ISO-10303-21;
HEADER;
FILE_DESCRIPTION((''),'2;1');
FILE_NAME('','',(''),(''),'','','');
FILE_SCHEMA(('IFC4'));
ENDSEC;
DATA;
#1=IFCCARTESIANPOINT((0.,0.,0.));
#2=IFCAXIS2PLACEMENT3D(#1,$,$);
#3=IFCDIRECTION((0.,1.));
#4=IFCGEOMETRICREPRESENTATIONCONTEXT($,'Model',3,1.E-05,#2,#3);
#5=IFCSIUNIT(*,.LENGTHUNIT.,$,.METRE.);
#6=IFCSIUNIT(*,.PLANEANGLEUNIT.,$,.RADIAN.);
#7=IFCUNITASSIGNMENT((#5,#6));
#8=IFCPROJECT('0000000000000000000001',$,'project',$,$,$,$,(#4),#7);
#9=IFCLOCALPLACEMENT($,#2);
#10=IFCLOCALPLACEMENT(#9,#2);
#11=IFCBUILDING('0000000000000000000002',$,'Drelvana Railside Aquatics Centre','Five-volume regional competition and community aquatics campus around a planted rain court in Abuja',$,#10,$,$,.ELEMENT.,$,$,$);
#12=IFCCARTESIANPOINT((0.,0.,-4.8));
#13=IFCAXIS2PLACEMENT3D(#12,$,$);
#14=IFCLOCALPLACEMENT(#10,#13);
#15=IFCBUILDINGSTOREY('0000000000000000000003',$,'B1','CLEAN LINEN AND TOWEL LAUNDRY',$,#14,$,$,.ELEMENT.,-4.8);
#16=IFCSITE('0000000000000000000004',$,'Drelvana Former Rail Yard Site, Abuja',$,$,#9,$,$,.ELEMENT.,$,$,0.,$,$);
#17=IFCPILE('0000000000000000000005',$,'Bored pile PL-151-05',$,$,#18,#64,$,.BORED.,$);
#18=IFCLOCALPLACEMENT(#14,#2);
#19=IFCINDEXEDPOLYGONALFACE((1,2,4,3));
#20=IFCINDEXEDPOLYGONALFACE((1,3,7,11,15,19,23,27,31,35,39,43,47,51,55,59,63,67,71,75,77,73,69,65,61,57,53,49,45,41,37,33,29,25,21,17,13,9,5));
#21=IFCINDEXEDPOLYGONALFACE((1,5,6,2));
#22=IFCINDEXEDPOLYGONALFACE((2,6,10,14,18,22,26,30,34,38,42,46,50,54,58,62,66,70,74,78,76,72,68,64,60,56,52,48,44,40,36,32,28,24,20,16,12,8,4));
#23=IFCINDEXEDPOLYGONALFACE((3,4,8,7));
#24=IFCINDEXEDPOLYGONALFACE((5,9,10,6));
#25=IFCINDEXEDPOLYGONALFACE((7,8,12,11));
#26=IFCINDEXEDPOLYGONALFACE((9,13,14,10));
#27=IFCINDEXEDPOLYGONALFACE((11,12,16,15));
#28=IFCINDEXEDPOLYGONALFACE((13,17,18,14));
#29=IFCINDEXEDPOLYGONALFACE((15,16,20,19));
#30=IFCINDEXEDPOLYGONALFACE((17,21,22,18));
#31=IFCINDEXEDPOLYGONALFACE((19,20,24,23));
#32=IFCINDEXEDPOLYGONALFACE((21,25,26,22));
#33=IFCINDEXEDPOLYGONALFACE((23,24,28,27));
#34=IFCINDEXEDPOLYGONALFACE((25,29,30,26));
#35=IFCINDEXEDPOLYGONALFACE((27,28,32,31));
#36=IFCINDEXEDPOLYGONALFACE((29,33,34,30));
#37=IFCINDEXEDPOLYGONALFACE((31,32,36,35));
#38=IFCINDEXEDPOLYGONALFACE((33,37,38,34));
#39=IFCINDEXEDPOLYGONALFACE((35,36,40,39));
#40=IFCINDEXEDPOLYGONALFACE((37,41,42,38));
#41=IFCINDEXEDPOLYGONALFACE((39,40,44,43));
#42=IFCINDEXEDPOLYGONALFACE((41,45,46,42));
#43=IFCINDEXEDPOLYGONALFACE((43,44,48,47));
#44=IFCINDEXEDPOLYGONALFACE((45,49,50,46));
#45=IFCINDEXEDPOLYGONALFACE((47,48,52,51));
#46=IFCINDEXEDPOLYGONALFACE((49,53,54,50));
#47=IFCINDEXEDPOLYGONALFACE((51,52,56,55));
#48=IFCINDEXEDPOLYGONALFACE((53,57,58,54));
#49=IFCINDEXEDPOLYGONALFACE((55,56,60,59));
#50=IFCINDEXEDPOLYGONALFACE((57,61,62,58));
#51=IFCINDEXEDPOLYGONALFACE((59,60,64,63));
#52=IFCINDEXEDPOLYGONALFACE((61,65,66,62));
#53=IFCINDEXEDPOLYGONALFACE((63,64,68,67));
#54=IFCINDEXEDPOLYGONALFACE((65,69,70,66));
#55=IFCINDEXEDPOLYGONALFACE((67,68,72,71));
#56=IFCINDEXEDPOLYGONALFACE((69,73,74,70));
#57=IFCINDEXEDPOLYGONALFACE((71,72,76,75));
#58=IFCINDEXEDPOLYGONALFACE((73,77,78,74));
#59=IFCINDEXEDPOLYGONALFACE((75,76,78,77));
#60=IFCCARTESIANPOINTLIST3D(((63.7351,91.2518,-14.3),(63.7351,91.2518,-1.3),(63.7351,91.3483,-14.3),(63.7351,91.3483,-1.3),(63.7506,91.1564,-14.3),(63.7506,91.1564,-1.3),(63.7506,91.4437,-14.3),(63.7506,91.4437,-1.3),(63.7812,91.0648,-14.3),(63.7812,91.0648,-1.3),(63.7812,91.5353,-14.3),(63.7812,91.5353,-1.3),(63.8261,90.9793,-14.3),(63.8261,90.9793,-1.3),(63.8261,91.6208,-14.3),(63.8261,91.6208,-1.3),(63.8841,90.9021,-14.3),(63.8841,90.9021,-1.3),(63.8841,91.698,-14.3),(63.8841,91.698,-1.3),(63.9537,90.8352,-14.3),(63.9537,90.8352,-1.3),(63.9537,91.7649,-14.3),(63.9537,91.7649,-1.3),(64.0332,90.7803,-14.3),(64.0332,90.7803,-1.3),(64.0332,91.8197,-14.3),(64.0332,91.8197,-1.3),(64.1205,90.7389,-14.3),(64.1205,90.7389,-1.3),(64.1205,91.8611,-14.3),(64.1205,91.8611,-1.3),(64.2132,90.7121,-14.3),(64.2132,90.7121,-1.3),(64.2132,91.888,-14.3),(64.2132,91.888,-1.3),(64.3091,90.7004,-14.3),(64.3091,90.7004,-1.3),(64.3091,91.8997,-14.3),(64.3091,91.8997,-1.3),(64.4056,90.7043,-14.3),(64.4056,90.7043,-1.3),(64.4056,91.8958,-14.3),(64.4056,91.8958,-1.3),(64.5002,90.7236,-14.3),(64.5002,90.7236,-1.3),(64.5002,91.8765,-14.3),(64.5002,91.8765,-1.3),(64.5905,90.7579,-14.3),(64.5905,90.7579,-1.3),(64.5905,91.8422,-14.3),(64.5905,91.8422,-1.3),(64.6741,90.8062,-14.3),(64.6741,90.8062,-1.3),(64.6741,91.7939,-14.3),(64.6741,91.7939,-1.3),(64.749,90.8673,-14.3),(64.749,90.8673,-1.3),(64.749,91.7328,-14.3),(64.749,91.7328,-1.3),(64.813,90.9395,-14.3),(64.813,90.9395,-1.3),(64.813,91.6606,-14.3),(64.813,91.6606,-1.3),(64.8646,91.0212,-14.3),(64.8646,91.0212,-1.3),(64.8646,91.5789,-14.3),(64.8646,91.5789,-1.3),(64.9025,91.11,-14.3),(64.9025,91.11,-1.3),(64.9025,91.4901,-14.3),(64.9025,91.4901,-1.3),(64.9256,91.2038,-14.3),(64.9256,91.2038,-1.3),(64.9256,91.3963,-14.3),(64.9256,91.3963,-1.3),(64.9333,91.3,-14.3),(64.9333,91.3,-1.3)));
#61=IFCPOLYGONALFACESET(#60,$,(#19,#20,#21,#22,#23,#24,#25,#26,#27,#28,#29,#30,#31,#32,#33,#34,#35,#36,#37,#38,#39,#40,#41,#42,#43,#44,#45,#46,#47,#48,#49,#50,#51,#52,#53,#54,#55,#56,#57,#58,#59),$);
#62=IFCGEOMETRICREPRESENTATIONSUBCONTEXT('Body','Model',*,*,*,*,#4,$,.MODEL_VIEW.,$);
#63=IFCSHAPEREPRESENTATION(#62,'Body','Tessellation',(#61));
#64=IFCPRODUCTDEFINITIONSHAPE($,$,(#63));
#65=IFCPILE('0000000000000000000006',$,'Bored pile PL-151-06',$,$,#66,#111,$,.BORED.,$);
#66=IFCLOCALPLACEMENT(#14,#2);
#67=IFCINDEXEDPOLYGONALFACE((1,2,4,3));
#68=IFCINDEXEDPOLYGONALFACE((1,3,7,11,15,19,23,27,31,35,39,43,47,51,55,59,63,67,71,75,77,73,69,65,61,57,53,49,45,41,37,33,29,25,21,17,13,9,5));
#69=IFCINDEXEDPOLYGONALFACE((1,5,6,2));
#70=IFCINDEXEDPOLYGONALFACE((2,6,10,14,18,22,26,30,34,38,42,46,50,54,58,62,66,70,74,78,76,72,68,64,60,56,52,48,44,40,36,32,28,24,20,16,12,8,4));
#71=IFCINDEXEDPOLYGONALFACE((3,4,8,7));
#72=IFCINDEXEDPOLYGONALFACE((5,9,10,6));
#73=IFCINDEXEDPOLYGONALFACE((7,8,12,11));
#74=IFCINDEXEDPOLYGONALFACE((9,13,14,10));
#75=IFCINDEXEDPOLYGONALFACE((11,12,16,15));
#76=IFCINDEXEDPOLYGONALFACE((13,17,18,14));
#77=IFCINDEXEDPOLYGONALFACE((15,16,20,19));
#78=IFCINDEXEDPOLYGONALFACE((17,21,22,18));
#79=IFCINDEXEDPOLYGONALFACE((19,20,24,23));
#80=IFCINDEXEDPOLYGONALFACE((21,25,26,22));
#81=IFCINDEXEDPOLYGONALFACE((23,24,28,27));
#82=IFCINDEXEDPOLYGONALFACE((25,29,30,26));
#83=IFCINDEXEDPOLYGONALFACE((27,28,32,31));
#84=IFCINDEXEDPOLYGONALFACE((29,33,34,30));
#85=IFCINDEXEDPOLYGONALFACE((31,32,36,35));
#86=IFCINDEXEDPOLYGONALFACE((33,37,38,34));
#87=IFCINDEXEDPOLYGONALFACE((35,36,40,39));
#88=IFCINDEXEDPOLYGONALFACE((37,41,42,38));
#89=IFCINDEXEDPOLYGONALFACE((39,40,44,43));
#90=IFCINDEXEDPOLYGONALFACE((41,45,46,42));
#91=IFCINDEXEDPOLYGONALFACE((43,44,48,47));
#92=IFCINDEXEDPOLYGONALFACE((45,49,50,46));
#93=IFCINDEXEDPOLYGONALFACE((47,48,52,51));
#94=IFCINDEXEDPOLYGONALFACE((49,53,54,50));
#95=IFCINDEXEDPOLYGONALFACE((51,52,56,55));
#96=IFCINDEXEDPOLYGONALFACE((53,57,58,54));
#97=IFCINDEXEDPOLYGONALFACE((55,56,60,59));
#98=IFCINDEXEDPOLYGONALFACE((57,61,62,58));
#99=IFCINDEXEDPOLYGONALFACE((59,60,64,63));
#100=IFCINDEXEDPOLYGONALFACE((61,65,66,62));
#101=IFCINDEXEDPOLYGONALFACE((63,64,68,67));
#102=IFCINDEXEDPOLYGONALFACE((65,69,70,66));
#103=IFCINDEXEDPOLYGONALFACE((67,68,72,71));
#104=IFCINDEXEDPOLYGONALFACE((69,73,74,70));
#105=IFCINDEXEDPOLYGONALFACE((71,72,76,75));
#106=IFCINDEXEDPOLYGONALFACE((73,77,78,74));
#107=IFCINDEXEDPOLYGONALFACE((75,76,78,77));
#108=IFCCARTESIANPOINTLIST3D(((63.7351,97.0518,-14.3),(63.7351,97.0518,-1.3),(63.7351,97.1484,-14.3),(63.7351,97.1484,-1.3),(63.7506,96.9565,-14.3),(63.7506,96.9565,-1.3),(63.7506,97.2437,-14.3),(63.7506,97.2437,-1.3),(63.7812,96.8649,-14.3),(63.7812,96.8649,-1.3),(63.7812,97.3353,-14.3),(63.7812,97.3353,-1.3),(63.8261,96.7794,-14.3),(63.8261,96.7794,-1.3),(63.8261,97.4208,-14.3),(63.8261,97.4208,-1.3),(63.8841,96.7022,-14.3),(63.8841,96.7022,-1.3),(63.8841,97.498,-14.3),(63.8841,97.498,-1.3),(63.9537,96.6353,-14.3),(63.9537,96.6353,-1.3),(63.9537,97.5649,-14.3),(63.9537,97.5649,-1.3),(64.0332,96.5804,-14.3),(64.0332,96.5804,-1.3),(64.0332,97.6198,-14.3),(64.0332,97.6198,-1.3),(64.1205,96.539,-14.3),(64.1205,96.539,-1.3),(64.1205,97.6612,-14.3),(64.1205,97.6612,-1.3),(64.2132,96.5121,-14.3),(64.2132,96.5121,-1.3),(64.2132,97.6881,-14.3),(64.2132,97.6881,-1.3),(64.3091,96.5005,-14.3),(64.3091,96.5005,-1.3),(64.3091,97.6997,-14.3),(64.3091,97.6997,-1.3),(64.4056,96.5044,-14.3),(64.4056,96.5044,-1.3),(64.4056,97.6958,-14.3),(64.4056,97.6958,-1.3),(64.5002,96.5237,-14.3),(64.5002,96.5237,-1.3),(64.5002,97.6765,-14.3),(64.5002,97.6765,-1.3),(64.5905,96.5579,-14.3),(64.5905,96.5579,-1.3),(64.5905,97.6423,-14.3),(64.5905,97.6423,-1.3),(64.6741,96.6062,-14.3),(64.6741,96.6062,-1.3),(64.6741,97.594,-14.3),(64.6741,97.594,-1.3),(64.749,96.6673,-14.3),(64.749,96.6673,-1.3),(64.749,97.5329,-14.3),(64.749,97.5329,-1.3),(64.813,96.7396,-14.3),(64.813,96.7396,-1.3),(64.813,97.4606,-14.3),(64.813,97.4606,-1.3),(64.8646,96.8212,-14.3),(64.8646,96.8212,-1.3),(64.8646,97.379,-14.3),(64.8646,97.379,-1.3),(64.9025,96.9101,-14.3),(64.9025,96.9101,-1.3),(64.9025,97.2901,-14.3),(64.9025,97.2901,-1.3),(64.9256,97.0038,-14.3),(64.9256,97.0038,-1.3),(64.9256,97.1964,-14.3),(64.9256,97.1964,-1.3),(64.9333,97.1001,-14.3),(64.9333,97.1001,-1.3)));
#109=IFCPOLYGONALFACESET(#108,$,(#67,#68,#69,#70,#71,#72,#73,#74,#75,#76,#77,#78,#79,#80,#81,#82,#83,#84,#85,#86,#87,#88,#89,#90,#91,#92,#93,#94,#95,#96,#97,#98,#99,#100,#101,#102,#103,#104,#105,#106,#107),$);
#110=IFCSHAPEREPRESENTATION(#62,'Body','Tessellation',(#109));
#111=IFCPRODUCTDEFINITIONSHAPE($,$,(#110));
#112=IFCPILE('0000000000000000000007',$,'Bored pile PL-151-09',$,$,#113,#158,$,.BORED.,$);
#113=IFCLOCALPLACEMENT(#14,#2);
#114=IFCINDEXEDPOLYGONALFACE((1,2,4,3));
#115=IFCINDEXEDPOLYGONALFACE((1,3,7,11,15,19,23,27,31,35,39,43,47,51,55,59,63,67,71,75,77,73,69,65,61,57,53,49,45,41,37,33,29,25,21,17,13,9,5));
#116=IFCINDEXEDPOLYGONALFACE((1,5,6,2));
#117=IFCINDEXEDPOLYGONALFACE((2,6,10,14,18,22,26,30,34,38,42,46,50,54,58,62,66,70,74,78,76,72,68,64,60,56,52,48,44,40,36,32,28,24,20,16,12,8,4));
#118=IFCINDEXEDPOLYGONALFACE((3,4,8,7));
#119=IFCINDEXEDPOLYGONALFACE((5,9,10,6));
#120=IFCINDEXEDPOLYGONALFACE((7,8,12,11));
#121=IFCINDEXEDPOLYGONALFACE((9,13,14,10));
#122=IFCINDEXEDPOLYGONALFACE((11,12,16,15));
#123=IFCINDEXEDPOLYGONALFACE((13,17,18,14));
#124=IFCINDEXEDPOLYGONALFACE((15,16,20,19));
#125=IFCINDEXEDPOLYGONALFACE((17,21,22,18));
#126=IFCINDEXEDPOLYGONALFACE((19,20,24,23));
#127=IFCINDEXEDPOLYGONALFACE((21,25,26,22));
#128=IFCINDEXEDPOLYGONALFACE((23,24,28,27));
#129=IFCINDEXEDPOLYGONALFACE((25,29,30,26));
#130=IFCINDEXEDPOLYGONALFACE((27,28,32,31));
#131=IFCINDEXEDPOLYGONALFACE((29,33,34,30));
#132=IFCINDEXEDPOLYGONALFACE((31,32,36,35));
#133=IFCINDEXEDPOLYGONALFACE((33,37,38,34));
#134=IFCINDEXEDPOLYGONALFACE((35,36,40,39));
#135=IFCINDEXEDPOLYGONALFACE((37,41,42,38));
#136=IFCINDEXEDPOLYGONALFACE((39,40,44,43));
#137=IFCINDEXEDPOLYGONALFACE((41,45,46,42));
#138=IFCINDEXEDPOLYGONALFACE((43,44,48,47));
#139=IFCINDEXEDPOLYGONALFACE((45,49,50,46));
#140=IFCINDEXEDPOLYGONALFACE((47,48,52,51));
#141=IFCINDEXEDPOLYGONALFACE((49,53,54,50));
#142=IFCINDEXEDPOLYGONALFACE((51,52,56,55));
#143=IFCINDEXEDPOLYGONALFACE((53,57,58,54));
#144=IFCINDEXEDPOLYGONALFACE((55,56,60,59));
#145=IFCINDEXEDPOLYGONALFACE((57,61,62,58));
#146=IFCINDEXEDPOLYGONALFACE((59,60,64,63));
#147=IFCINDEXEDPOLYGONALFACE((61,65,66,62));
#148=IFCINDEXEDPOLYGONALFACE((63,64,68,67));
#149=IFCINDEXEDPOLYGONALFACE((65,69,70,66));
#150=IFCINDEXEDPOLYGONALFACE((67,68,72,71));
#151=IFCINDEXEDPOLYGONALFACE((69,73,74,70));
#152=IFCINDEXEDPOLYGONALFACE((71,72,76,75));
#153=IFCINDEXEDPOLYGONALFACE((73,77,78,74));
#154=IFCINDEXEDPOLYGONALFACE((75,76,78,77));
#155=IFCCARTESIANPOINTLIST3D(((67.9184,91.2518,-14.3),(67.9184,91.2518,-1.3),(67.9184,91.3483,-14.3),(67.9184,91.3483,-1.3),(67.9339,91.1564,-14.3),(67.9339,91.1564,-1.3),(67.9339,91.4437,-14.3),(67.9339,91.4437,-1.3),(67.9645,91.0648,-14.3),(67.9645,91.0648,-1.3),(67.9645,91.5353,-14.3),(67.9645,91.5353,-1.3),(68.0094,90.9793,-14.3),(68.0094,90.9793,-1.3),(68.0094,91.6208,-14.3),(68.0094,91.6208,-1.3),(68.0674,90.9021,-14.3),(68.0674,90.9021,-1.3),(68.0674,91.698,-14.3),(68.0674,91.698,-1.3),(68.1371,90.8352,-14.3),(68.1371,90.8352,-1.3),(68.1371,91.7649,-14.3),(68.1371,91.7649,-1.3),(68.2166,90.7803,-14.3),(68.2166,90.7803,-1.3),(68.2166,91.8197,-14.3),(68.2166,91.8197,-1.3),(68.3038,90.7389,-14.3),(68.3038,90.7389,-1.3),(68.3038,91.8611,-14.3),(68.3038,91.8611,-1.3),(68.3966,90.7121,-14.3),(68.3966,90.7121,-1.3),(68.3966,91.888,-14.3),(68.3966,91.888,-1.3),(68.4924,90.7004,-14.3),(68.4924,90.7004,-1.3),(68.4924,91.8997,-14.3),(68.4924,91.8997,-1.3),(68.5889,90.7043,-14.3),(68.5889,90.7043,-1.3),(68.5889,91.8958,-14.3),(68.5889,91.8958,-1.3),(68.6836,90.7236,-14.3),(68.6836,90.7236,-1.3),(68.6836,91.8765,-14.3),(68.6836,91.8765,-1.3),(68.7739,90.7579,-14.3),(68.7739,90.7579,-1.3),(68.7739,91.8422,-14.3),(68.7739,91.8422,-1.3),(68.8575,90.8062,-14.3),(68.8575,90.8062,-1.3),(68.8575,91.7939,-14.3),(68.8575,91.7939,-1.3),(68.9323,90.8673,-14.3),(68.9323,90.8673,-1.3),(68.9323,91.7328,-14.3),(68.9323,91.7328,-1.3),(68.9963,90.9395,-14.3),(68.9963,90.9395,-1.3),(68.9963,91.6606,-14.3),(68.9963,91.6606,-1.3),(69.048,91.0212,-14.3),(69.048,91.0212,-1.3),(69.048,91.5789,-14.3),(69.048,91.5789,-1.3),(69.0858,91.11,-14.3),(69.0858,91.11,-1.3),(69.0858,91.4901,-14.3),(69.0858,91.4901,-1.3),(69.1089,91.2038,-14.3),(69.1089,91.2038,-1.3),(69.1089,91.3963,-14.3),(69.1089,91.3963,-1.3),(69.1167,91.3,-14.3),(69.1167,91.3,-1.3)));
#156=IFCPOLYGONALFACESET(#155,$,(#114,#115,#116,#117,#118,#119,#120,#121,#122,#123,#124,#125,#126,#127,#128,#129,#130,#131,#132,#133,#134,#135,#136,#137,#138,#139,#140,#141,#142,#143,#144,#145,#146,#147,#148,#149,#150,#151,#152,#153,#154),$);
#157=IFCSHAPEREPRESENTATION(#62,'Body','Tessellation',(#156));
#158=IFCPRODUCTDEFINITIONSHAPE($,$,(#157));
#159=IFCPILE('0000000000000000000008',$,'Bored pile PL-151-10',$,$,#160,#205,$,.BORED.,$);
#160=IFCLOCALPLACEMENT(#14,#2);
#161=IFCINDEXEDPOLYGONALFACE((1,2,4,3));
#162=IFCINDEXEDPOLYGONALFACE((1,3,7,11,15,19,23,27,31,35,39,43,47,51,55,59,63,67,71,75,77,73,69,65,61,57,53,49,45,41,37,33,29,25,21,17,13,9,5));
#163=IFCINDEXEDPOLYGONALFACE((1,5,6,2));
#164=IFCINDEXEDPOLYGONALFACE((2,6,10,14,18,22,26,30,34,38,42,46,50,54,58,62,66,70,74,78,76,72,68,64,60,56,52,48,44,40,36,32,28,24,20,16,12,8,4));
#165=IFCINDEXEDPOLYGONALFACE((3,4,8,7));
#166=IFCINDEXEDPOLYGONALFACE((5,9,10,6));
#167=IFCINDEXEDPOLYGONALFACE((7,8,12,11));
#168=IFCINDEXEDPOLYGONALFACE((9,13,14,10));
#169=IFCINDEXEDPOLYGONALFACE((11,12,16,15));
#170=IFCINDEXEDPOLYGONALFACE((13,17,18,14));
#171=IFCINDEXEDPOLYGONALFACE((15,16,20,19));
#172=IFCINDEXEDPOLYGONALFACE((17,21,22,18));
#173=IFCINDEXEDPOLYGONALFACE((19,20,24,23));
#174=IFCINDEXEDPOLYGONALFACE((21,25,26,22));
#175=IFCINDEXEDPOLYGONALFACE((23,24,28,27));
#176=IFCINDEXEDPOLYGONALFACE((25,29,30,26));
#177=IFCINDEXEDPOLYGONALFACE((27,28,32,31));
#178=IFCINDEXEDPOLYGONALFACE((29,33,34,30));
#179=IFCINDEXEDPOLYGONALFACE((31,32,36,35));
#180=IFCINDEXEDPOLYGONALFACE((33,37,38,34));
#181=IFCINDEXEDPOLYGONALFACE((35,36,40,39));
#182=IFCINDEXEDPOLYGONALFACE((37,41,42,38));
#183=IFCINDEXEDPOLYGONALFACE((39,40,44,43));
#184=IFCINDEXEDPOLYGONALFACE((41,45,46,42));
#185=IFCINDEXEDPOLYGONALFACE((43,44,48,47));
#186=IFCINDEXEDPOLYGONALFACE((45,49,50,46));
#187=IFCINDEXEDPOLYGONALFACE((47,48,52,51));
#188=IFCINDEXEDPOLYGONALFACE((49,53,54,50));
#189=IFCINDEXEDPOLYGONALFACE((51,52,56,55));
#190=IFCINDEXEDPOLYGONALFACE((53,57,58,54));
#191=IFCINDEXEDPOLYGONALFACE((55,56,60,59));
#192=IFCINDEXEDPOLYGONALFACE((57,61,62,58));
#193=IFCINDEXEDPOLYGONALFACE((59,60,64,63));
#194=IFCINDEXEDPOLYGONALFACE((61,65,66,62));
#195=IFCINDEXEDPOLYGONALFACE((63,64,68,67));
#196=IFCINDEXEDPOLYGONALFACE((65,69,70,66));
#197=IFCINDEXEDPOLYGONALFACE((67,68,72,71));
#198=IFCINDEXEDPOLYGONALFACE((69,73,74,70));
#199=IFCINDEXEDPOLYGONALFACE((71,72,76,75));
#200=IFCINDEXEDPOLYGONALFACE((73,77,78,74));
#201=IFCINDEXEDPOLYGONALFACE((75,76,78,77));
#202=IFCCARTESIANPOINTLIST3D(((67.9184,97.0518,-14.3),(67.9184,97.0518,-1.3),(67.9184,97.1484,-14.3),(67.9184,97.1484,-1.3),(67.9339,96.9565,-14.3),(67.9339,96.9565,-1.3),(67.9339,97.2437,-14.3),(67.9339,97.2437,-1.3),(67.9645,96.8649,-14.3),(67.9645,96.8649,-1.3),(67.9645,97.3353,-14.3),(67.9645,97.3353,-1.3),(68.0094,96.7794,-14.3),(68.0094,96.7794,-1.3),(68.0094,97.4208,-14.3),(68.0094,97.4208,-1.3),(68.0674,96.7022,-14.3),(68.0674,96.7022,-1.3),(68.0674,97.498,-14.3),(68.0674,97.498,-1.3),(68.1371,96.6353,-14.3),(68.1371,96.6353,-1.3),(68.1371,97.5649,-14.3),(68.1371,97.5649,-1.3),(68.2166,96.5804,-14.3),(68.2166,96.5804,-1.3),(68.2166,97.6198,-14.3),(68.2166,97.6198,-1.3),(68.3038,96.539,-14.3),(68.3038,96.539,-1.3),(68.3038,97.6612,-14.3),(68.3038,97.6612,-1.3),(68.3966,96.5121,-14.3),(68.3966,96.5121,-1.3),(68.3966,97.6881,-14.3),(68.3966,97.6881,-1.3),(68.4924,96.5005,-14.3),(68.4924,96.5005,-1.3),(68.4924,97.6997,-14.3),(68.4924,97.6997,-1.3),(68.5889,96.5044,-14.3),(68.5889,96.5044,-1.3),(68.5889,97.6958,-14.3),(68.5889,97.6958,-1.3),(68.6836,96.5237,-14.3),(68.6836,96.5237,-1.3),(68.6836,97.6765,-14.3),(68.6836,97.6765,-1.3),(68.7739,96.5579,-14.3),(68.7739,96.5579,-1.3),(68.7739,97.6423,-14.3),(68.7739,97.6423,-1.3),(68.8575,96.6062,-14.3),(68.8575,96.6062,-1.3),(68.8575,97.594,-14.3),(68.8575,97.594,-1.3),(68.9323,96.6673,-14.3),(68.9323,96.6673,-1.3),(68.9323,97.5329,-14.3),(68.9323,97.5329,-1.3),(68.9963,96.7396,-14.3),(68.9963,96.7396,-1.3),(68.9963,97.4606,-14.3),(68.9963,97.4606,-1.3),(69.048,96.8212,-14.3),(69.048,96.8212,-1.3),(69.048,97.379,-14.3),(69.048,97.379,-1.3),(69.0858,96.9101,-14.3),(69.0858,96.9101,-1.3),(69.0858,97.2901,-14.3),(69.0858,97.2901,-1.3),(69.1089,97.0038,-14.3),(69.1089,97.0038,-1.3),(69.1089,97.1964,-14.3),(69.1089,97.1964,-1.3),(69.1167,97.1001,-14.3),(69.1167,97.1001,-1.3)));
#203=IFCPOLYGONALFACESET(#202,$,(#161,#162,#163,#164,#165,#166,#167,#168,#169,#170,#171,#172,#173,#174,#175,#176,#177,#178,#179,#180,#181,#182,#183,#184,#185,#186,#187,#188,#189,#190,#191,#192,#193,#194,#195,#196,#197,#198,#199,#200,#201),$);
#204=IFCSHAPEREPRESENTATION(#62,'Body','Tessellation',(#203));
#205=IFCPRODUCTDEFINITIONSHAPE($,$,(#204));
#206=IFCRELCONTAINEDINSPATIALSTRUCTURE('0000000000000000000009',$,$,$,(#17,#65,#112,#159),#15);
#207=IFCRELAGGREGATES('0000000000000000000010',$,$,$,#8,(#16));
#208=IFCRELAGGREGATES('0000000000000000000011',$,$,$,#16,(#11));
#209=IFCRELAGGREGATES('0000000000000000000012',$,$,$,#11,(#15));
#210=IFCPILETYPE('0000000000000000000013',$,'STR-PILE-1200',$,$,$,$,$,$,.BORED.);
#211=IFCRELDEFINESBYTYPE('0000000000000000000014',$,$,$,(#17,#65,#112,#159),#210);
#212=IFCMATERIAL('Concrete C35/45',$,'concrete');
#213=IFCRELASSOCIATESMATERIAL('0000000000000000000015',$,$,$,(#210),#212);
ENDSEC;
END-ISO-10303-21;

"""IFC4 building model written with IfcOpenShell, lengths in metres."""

from ifc_helpers import new_model, si_unit, direction, frame, origin, origin_2d, place, context, subcontext, project, spatial, circle, extrude, material, material_profile, profile_set, type_object, element, save


model = new_model("IFC4")

# Units and contexts
model_context = context("Model", 3, precision=1e-05, world=origin(), true_north=direction((0.0, 1.0)))
body_context = subcontext(model_context, "Body", "Model", "MODEL_VIEW")
ifc_project = project(units=[si_unit("LENGTHUNIT", "METRE"), si_unit("PLANEANGLEUNIT", "RADIAN")], contexts=[model_context])

# Site, building, storey
site_placement = place(None, origin())
site = spatial("IfcSite", under=ifc_project, at=site_placement, Name="Drelvana Former Rail Yard Site, Abuja", CompositionType="ELEMENT", RefElevation=0.0)
building_placement = place(site_placement, origin())
building = spatial("IfcBuilding", under=site, at=building_placement, Name="Drelvana Railside Aquatics Centre", Description="Five-volume regional competition and community aquatics campus around a planted rain court in Abuja", CompositionType="ELEMENT")
storey_placement = place(building_placement, frame((0.0, 0.0, -4.8)))
storey = spatial("IfcBuildingStorey", under=building, at=storey_placement, Name="B1", Description="CLEAN LINEN AND TOWEL LAUNDRY", CompositionType="ELEMENT", Elevation=-4.8)

# Shared definitions
ifc_material_1 = material(Name="Concrete C35/45", Category="concrete")

# Piles
ifc_material_profile_1 = material_profile(ifc_material_1, circle(Radius=0.6001, at=origin_2d()), Name="PILE D1200")
ifc_profile_set_1 = profile_set([ifc_material_profile_1], Name="Concrete C35/45")
pile_type = type_object("IfcPileType", Name="STR-PILE-1200", PredefinedType="BORED", material=ifc_profile_set_1)
for number, where, z_axis, x_axis, name in (
    (1, (64.3333, 91.3, -1.3), (0.0, 0.0, -1.0), (1.0, 0.0, 0.0), "Bored pile PL-151-05"),
    (2, (64.3333, 97.1001, -1.3), (0.0, 0.0, -1.0), (1.0, 0.0, 0.0), "Bored pile PL-151-06"),
    (3, (68.5166, 91.3, -1.3), (0.0, 0.0, -1.0), (1.0, 0.0, 0.0), "Bored pile PL-151-09"),
    (4, (68.5166, 97.1001, -1.3), (0.0, 0.0, -1.0), (1.0, 0.0, 0.0), "Bored pile PL-151-10"),
):
    element("IfcPile", number, at=place(storey_placement, frame(where, z_axis=z_axis, x_axis=x_axis)), inside=storey, type_object=pile_type, Name=name, PredefinedType="BORED", context=body_context, shape_type="SweptSolid", body=[
        extrude(circle(Radius=0.6001, at=origin_2d()), origin(), (0.0, 0.0, 1.0), 13.0),
    ])

save(model, "model.ifc")
